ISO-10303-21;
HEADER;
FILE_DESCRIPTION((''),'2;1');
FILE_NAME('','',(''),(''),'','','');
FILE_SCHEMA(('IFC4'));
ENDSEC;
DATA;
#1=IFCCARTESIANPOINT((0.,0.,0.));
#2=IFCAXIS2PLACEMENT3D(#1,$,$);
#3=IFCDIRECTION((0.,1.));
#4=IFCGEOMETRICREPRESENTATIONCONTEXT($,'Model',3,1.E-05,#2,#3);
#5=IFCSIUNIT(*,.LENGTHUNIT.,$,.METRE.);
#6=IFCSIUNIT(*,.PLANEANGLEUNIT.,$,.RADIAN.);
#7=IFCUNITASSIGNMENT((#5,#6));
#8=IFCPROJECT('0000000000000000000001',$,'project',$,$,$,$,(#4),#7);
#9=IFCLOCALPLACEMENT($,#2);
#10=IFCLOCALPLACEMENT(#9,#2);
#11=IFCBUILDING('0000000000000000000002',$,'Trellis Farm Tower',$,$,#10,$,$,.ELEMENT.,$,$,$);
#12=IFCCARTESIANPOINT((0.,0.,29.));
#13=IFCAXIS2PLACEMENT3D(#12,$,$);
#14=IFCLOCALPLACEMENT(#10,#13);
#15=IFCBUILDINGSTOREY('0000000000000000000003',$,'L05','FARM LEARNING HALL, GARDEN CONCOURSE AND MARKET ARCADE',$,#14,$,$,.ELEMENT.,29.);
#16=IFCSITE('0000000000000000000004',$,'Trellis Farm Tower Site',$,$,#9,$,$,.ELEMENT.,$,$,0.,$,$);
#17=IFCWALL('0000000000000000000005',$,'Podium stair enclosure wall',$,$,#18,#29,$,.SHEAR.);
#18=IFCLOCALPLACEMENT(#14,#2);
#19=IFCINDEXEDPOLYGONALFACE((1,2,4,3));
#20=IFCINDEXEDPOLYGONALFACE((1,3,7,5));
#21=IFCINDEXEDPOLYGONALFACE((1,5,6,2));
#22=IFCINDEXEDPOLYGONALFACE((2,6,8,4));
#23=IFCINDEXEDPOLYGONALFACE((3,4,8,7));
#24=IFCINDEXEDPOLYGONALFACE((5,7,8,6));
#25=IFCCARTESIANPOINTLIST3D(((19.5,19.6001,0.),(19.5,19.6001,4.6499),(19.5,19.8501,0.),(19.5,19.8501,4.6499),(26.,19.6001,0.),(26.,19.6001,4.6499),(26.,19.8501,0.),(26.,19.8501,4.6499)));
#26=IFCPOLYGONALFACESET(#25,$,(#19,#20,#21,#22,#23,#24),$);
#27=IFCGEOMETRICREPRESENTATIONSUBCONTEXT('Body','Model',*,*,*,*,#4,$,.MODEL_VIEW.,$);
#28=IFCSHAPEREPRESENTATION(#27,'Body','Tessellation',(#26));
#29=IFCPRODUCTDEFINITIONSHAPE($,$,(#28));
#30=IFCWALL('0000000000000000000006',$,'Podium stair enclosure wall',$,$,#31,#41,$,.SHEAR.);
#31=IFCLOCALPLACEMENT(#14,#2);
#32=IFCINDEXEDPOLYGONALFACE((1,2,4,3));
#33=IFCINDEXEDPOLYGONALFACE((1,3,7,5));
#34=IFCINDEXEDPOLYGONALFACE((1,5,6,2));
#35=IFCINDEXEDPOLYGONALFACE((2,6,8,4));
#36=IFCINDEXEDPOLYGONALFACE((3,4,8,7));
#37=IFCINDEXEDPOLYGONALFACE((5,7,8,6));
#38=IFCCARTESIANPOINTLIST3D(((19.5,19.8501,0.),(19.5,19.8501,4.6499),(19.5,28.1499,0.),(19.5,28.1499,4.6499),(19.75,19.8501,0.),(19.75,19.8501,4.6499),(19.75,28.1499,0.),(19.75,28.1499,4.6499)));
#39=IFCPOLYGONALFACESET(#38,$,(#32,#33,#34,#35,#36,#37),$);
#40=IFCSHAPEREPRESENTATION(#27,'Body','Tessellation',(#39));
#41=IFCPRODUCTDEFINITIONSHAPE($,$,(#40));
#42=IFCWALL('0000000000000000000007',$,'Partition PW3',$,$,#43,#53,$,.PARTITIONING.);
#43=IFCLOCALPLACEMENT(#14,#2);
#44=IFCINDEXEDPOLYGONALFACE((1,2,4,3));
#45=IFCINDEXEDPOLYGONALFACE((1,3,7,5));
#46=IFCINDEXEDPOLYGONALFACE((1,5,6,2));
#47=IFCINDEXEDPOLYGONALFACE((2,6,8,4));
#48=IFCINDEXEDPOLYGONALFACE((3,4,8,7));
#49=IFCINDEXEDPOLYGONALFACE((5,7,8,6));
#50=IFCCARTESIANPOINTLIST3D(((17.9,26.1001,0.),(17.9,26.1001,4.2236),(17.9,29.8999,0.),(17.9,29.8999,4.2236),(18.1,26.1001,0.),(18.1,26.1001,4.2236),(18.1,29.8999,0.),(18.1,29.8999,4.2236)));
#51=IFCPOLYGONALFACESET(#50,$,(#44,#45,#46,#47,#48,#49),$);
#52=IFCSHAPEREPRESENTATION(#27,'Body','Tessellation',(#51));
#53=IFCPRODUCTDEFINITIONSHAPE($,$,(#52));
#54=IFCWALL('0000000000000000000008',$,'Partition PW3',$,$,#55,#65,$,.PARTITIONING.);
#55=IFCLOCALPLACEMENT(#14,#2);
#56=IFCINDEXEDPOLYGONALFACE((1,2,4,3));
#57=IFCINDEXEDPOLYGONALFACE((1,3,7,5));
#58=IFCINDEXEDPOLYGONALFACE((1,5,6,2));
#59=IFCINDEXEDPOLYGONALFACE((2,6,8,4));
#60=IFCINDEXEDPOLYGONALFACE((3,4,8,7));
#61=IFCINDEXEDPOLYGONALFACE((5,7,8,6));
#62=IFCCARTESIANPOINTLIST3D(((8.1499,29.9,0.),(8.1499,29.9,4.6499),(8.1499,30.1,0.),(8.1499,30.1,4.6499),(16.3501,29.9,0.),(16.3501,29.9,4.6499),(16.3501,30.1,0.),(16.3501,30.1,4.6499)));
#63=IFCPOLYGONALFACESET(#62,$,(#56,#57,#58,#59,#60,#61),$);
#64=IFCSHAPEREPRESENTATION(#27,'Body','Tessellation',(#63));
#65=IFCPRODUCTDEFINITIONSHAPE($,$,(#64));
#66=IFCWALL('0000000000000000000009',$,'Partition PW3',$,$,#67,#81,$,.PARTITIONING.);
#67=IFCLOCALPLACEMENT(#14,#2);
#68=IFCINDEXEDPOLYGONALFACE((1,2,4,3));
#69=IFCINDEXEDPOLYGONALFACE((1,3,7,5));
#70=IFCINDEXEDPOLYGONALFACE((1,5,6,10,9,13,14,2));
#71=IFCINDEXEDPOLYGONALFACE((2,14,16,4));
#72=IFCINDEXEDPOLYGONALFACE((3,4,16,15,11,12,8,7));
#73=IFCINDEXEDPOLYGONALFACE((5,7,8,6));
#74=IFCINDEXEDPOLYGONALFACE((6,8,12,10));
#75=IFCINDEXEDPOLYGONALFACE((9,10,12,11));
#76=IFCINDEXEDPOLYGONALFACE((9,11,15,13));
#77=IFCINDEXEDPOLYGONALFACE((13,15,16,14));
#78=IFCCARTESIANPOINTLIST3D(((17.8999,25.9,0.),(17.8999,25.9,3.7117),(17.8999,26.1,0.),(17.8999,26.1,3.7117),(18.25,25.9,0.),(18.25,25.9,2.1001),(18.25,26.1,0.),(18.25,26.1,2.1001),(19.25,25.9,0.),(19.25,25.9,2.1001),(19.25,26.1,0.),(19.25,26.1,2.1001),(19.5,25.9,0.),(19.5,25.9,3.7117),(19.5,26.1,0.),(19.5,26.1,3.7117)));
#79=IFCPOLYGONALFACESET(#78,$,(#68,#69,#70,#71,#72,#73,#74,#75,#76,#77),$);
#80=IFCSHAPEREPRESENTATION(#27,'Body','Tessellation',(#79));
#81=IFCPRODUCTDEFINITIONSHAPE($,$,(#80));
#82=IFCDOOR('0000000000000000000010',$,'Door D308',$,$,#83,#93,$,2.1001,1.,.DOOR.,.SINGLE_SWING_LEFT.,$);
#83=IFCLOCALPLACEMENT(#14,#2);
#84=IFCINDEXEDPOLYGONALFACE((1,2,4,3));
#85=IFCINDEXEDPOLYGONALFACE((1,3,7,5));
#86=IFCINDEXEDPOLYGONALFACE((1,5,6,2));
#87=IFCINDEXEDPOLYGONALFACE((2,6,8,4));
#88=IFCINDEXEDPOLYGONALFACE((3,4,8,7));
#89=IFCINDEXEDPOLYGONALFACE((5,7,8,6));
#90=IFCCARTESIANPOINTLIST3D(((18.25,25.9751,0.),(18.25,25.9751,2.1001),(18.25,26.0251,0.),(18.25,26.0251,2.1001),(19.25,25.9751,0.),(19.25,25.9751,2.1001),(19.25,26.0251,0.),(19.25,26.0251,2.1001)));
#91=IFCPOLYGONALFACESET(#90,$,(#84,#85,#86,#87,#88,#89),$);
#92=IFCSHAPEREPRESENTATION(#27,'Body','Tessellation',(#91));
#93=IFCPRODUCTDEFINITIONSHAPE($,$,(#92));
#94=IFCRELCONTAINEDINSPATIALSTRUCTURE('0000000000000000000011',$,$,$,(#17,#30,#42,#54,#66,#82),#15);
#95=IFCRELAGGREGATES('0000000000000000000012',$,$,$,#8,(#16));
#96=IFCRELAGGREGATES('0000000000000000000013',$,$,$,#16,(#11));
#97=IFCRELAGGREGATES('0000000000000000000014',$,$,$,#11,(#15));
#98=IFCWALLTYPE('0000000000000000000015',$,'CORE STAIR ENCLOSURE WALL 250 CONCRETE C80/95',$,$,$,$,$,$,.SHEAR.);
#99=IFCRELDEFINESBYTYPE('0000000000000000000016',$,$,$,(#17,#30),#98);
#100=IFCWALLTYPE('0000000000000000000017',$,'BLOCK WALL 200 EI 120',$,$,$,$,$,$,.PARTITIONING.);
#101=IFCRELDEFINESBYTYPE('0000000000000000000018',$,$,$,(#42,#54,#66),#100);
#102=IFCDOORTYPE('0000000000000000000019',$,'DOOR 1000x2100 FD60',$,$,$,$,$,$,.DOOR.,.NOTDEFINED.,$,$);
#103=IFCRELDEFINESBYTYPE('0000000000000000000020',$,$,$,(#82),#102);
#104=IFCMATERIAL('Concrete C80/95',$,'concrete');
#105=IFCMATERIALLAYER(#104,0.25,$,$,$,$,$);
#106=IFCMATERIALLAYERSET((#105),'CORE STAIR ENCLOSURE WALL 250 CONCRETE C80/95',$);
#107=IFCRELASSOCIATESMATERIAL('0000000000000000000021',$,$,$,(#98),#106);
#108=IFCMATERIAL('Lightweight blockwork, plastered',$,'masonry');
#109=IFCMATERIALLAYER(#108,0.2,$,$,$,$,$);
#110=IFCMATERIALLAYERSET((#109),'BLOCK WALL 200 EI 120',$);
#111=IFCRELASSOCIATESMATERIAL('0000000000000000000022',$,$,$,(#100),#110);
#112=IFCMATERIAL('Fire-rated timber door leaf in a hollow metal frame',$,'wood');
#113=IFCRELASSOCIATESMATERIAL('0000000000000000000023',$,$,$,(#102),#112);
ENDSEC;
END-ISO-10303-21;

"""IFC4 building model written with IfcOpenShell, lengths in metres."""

from ifc_helpers import new_model, si_unit, direction, frame, frame_2d, origin, place, context, subcontext, project, spatial, rectangle, extrude, source, transform, mapped, material, layer, layer_set, type_object, element, fill, save


model = new_model("IFC4")

# Units and contexts
model_context = context("Model", 3, precision=1e-05, world=origin(), true_north=direction((0.0, 1.0)))
body_context = subcontext(model_context, "Body", "Model", "MODEL_VIEW")
ifc_project = project(units=[si_unit("LENGTHUNIT", "METRE"), si_unit("PLANEANGLEUNIT", "RADIAN")], contexts=[model_context])

# Site, building, storey
site_placement = place(None, origin())
site = spatial("IfcSite", under=ifc_project, at=site_placement, Name="Trellis Farm Tower Site", CompositionType="ELEMENT", RefElevation=0.0)
building_placement = place(site_placement, origin())
building = spatial("IfcBuilding", under=site, at=building_placement, Name="Trellis Farm Tower", CompositionType="ELEMENT")
storey_placement = place(building_placement, frame((0.0, 0.0, 29.0)))
storey = spatial("IfcBuildingStorey", under=building, at=storey_placement, Name="L05", Description="FARM LEARNING HALL, GARDEN CONCOURSE AND MARKET ARCADE", CompositionType="ELEMENT", Elevation=29.0)

# Shared definitions
ifc_material_1 = material(Name="Concrete C80/95", Category="concrete")
ifc_layer_1 = layer(ifc_material_1, 0.25)
ifc_layer_set_1 = layer_set([ifc_layer_1], Name="CORE STAIR ENCLOSURE WALL 250 CONCRETE C80/95")
wall_type_1 = type_object("IfcWallType", Name="CORE STAIR ENCLOSURE WALL 250 CONCRETE C80/95", PredefinedType="SHEAR", material=ifc_layer_set_1)
shared_shape_1 = source(origin(), body_context, "Body", "SweptSolid", [
    extrude(rectangle(XDim=6.5, YDim=0.25, at=frame_2d((3.25, 0.0))), origin(), (0.0, 0.0, 1.0), 4.6499),
])

# Walls
wall_1_placement = place(storey_placement, frame((19.5, 19.7251, 0.0), z_axis=(0.0, 0.0, 1.0), x_axis=(1.0, 0.0, 0.0)))
element("IfcWall", 1, at=wall_1_placement, inside=storey, type_object=wall_type_1, Name="Podium stair enclosure wall", PredefinedType="SHEAR", context=body_context, shape_type="MappedRepresentation", body=[
    mapped(shared_shape_1, transform((0.0, 0.0, 0.0))),
])
shared_shape_2 = source(origin(), body_context, "Body", "SweptSolid", [
    extrude(rectangle(XDim=8.2998, YDim=0.25, at=frame_2d((4.1499, 0.0))), origin(), (0.0, 0.0, 1.0), 4.6499),
])
wall_2_placement = place(storey_placement, frame((19.625, 19.8501, 0.0), z_axis=(0.0, 0.0, 1.0), x_axis=(0.0, 1.0, 0.0)))
element("IfcWall", 2, at=wall_2_placement, inside=storey, type_object=wall_type_1, Name="Podium stair enclosure wall", PredefinedType="SHEAR", context=body_context, shape_type="MappedRepresentation", body=[
    mapped(shared_shape_2, transform((0.0, 0.0, 0.0))),
])
ifc_material_2 = material(Name="Lightweight blockwork, plastered", Category="masonry")
ifc_layer_2 = layer(ifc_material_2, 0.2)
ifc_layer_set_2 = layer_set([ifc_layer_2], Name="BLOCK WALL 200 EI 120")
wall_type_2 = type_object("IfcWallType", Name="BLOCK WALL 200 EI 120", PredefinedType="PARTITIONING", material=ifc_layer_set_2)
shared_shape_3 = source(origin(), body_context, "Body", "SweptSolid", [
    extrude(rectangle(XDim=3.7998, YDim=0.2, at=frame_2d((1.8999, 0.0))), origin(), (0.0, 0.0, 1.0), 4.2236),
])
wall_3_placement = place(storey_placement, frame((18.0, 29.8999, 0.0), z_axis=(0.0, 0.0, 1.0), x_axis=(0.0, -1.0, 0.0)))
element("IfcWall", 3, at=wall_3_placement, inside=storey, type_object=wall_type_2, Name="Partition PW3", PredefinedType="PARTITIONING", context=body_context, shape_type="MappedRepresentation", body=[
    mapped(shared_shape_3, transform((0.0, 0.0, 0.0))),
])
shared_shape_4 = source(origin(), body_context, "Body", "SweptSolid", [
    extrude(rectangle(XDim=8.2002, YDim=0.2, at=frame_2d((4.1001, 0.0))), origin(), (0.0, 0.0, 1.0), 4.6499),
])
wall_4_placement = place(storey_placement, frame((16.3501, 30.0, 0.0), z_axis=(0.0, 0.0, 1.0), x_axis=(-1.0, 0.0, 0.0)))
element("IfcWall", 4, at=wall_4_placement, inside=storey, type_object=wall_type_2, Name="Partition PW3", PredefinedType="PARTITIONING", context=body_context, shape_type="MappedRepresentation", body=[
    mapped(shared_shape_4, transform((0.0, 0.0, 0.0))),
])

# Wall, opening, door
shared_shape_5 = source(origin(), body_context, "Body", "SweptSolid", [
    extrude(rectangle(XDim=1.6001, YDim=0.2, at=frame_2d((0.8, 0.0))), origin(), (0.0, 0.0, 1.0), 3.7117),
])
wall_5_placement = place(storey_placement, frame((19.5, 26.0, 0.0), z_axis=(0.0, 0.0, 1.0), x_axis=(-1.0, 0.0, 0.0)))
wall_5 = element("IfcWall", 5, at=wall_5_placement, inside=storey, type_object=wall_type_2, Name="Partition PW3", PredefinedType="PARTITIONING", context=body_context, shape_type="MappedRepresentation", body=[
    mapped(shared_shape_5, transform((0.0, 0.0, 0.0))),
])
shared_shape_6 = source(origin(), body_context, "Body", "SweptSolid", [
    extrude(rectangle(XDim=1.0, YDim=2.1001, at=frame_2d((0.5, 1.05))), frame((0.0, 0.1101, 0.0), z_axis=(0.0, -1.0, 0.0), x_axis=(1.0, 0.0, 0.0)), (0.0, 0.0, 1.0), 0.2202),
])
opening_1_placement = place(wall_5_placement, frame((0.25, 0.0, 0.0)))
opening_1 = element("IfcOpeningElement", 6, at=opening_1_placement, cuts=wall_5, PredefinedType="OPENING", context=body_context, shape_type="MappedRepresentation", body=[
    mapped(shared_shape_6, transform((0.0, 0.0, 0.0))),
])
ifc_material_3 = material(Name="Fire-rated timber door leaf in a hollow metal frame", Category="wood")
door_type_1 = type_object("IfcDoorType", Name="DOOR 1000x2100 FD60", OperationType="NOTDEFINED", PredefinedType="DOOR", material=ifc_material_3)
shared_shape_7 = source(origin(), body_context, "Body", "SweptSolid", [
    extrude(rectangle(XDim=1.0, YDim=2.1001, at=frame_2d((0.5, 1.05))), frame((0.0, 0.0249, 0.0), z_axis=(0.0, -1.0, 0.0), x_axis=(1.0, 0.0, 0.0)), (0.0, 0.0, 1.0), 0.05),
])
door_1_placement = place(opening_1_placement, origin())
door_1 = element("IfcDoor", 7, at=door_1_placement, inside=storey, type_object=door_type_1, Name="Door D308", OperationType="SINGLE_SWING_LEFT", OverallHeight=2.1001, OverallWidth=1.0, PredefinedType="DOOR", context=body_context, shape_type="MappedRepresentation", body=[
    mapped(shared_shape_7, transform((0.0, 0.0, 0.0))),
])
fill(opening_1, door_1)

save(model, "model.ifc")
